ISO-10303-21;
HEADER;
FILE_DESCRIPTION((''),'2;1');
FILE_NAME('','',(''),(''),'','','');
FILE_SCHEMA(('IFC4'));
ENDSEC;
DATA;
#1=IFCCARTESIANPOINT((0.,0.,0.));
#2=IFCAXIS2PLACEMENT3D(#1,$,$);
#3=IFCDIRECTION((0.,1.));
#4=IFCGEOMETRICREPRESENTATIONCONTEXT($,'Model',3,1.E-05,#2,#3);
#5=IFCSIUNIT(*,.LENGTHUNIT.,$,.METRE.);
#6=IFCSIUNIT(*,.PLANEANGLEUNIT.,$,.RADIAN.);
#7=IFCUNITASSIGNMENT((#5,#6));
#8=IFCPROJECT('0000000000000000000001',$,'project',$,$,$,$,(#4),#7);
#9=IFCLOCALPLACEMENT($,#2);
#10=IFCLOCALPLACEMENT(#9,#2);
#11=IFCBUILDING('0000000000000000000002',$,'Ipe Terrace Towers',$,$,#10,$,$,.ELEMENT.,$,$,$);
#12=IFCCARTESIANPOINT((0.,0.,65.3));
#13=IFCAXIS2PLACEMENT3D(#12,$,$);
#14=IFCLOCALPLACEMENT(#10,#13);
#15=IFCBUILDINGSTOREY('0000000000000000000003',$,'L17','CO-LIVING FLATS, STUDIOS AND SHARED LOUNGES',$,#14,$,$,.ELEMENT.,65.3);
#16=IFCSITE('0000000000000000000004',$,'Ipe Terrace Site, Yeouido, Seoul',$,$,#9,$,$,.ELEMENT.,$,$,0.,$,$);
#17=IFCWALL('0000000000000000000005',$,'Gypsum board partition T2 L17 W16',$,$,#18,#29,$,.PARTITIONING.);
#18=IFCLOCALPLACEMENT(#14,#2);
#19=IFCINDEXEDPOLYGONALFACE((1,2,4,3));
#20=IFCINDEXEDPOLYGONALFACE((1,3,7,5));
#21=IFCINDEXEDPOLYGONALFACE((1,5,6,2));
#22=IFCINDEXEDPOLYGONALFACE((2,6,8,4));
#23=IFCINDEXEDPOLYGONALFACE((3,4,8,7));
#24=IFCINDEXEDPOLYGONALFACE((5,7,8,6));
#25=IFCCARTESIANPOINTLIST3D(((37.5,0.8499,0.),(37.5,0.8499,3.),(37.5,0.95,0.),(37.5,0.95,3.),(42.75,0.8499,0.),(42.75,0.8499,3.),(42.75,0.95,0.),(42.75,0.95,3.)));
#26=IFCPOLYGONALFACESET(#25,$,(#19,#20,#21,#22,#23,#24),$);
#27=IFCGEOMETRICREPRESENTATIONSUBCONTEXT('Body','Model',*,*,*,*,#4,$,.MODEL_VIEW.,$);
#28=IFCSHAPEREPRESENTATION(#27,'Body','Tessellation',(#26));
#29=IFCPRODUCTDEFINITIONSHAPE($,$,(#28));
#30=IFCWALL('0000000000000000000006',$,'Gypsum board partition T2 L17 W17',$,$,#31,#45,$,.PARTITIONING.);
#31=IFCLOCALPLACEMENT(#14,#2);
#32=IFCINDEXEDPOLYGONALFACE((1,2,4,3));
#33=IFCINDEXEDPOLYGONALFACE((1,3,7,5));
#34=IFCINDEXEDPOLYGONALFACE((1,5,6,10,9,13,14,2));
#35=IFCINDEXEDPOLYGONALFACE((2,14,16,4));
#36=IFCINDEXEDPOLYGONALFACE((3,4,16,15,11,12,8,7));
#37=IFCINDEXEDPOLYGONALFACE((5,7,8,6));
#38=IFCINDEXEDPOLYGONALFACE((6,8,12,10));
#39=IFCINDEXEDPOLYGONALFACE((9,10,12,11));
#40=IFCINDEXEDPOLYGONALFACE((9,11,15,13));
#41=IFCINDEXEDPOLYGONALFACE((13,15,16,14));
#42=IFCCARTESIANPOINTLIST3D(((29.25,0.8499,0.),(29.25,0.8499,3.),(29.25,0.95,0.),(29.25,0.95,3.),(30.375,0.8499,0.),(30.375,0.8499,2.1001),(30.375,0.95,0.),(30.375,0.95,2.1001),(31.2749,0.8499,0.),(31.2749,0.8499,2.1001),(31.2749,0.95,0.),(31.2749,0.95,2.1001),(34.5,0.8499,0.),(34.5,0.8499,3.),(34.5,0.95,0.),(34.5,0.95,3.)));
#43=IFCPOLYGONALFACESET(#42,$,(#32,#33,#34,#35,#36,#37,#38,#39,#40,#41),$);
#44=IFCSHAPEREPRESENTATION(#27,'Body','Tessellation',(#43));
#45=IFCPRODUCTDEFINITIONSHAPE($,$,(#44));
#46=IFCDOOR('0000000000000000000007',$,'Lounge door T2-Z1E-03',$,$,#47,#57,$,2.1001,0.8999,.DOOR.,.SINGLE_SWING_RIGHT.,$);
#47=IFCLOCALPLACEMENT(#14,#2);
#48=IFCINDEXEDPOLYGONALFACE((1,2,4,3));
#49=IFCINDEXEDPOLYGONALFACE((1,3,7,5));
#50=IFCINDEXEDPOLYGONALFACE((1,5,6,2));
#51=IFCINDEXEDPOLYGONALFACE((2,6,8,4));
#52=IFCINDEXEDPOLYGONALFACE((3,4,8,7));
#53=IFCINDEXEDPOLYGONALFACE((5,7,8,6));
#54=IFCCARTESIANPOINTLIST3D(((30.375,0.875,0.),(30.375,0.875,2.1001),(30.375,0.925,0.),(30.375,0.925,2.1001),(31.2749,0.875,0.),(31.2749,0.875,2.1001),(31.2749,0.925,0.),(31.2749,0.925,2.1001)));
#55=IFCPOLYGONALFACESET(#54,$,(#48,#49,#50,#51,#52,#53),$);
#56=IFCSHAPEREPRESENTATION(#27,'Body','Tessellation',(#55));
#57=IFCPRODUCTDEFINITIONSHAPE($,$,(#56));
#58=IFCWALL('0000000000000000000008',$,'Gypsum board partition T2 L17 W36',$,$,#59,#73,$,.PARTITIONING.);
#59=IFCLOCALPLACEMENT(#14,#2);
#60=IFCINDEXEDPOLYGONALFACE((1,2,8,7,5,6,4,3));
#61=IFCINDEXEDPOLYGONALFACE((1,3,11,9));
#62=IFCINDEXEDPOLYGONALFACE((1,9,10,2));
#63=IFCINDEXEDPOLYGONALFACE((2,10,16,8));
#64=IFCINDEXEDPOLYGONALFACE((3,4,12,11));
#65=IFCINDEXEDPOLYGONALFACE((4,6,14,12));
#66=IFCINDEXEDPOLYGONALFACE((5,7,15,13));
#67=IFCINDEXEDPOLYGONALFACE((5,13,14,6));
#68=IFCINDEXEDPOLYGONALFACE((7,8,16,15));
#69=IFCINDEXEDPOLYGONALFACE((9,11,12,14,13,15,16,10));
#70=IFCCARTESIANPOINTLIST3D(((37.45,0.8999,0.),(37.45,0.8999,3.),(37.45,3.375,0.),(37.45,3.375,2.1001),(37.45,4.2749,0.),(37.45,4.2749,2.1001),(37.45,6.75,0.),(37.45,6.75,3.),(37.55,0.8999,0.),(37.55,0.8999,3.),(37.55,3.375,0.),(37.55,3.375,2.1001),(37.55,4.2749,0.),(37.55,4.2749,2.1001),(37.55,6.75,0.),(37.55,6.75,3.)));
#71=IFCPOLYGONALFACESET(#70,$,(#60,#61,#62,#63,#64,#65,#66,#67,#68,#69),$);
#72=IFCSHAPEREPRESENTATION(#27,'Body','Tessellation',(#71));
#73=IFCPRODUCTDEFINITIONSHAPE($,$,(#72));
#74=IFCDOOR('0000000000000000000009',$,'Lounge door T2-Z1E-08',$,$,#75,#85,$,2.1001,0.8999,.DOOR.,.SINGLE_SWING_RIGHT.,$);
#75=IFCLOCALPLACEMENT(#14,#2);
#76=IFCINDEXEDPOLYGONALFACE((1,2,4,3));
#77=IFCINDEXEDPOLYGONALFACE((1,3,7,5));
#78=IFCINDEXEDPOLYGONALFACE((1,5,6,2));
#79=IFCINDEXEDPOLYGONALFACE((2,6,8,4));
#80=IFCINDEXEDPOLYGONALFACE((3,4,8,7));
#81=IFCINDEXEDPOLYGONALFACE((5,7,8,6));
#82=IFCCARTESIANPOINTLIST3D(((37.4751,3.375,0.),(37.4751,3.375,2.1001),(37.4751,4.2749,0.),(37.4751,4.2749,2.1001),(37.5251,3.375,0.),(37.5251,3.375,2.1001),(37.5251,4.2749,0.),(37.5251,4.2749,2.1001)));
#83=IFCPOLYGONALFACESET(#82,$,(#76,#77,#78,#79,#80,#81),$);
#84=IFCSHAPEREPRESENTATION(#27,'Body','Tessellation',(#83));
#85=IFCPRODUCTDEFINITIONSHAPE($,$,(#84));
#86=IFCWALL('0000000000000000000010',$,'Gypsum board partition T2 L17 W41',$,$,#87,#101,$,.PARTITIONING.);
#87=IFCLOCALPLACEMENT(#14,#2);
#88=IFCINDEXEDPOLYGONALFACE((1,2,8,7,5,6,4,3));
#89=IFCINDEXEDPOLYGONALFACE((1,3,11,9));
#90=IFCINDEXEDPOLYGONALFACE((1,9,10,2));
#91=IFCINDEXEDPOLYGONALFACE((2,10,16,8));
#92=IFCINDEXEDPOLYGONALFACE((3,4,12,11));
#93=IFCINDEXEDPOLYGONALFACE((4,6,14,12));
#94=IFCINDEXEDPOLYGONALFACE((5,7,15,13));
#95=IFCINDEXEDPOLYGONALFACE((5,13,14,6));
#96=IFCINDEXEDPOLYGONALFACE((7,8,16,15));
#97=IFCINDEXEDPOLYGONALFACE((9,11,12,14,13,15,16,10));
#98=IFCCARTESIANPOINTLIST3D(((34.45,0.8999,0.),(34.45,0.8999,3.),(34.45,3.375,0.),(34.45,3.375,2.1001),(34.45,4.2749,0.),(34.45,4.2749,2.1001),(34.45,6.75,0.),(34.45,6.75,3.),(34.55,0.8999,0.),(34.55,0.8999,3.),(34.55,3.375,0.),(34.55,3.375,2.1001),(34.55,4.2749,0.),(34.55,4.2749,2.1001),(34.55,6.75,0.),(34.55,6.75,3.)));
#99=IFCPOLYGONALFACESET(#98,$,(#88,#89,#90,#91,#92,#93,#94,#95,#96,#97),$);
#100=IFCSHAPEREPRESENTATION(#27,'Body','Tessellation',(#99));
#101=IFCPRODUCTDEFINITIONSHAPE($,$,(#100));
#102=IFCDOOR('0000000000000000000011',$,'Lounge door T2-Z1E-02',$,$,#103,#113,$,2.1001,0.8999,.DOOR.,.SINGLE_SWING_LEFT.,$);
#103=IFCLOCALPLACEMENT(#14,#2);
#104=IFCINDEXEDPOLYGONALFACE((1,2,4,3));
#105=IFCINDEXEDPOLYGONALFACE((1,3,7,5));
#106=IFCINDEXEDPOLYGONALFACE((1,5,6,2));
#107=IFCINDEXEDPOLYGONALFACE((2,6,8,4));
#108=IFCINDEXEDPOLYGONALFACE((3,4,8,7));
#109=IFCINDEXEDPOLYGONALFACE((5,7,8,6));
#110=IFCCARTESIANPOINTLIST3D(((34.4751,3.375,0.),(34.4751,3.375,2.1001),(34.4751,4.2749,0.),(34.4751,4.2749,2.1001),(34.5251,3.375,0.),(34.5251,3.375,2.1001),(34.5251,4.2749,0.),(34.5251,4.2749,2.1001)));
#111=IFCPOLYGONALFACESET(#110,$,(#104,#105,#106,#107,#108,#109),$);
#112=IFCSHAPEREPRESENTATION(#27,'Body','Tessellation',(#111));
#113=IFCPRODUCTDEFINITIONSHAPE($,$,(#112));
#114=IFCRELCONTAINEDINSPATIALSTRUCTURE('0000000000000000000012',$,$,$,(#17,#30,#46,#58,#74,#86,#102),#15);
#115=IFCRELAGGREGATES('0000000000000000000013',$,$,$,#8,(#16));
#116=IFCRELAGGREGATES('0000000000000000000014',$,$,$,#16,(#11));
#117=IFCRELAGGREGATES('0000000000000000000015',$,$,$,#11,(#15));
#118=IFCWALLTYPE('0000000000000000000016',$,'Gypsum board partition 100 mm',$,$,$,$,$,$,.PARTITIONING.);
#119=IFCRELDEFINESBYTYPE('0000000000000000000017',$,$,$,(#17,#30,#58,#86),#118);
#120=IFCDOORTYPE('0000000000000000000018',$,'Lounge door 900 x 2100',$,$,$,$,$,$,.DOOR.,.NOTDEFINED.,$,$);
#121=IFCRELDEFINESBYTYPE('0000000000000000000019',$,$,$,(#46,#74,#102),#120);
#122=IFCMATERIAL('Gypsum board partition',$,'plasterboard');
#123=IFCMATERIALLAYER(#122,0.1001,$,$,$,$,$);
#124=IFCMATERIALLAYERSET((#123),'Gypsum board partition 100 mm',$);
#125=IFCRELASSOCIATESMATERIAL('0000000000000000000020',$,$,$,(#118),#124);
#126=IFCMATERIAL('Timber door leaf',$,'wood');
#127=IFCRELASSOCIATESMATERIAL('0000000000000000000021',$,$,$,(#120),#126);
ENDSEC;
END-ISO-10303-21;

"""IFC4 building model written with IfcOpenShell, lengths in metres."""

from ifc_helpers import new_model, si_unit, direction, frame, frame_2d, origin, place, context, subcontext, project, spatial, rectangle, extrude, material, layer, layer_set, type_object, element, fill, save


model = new_model("IFC4")

# Units and contexts
model_context = context("Model", 3, precision=1e-05, world=origin(), true_north=direction((0.0, 1.0)))
body_context = subcontext(model_context, "Body", "Model", "MODEL_VIEW")
ifc_project = project(units=[si_unit("LENGTHUNIT", "METRE"), si_unit("PLANEANGLEUNIT", "RADIAN")], contexts=[model_context])

# Site, building, storey
site_placement = place(None, origin())
site = spatial("IfcSite", under=ifc_project, at=site_placement, Name="Ipe Terrace Site, Yeouido, Seoul", CompositionType="ELEMENT", RefElevation=0.0)
building_placement = place(site_placement, origin())
building = spatial("IfcBuilding", under=site, at=building_placement, Name="Ipe Terrace Towers", CompositionType="ELEMENT")
storey_placement = place(building_placement, frame((0.0, 0.0, 65.3)))
storey = spatial("IfcBuildingStorey", under=building, at=storey_placement, Name="L17", Description="CO-LIVING FLATS, STUDIOS AND SHARED LOUNGES", CompositionType="ELEMENT", Elevation=65.3)

# Shared definitions
ifc_material_1 = material(Name="Gypsum board partition", Category="plasterboard")
ifc_layer = layer(ifc_material_1, 0.1001)
ifc_layer_set = layer_set([ifc_layer], Name="Gypsum board partition 100 mm")
wall_type = type_object("IfcWallType", Name="Gypsum board partition 100 mm", PredefinedType="PARTITIONING", material=ifc_layer_set)

# Shared definitions
ifc_material_2 = material(Name="Timber door leaf", Category="wood")
door_type_1 = type_object("IfcDoorType", Name="Lounge door 900 x 2100", OperationType="NOTDEFINED", PredefinedType="DOOR", material=ifc_material_2)

# Wall
wall_1_placement = place(storey_placement, frame((42.75, 0.8999, 0.0), z_axis=(0.0, 0.0, 1.0), x_axis=(-1.0, 0.0, 0.0)))
element("IfcWall", 1, at=wall_1_placement, inside=storey, type_object=wall_type, Name="Gypsum board partition T2 L17 W16", PredefinedType="PARTITIONING", context=body_context, shape_type="SweptSolid", body=[
    extrude(rectangle(XDim=5.25, YDim=0.1001, at=frame_2d((2.625, 0.0))), origin(), (0.0, 0.0, 1.0), 3.0),
])

# Walls, openings, doors
wall_2_placement = place(storey_placement, frame((34.5, 0.8999, 0.0), z_axis=(0.0, 0.0, 1.0), x_axis=(-1.0, 0.0, 0.0)))
wall_2 = element("IfcWall", 2, at=wall_2_placement, inside=storey, type_object=wall_type, Name="Gypsum board partition T2 L17 W17", PredefinedType="PARTITIONING", context=body_context, shape_type="SweptSolid", body=[
    extrude(rectangle(XDim=5.25, YDim=0.1001, at=frame_2d((2.625, 0.0))), origin(), (0.0, 0.0, 1.0), 3.0),
])
opening_1_placement = place(wall_2_placement, frame((3.2251, 0.0, 0.0)))
opening_1 = element("IfcOpeningElement", 3, at=opening_1_placement, cuts=wall_2, PredefinedType="OPENING", context=body_context, shape_type="SweptSolid", body=[
    extrude(rectangle(XDim=0.8999, YDim=2.1001, at=frame_2d((0.45, 1.05))), frame((0.0, 0.0601, 0.0), z_axis=(0.0, -1.0, 0.0), x_axis=(1.0, 0.0, 0.0)), (0.0, 0.0, 1.0), 0.1201),
])
door_1_placement = place(opening_1_placement, origin())
door_1 = element("IfcDoor", 4, at=door_1_placement, inside=storey, type_object=door_type_1, Name="Lounge door T2-Z1E-03", OperationType="SINGLE_SWING_RIGHT", OverallHeight=2.1001, OverallWidth=0.8999, PredefinedType="DOOR", context=body_context, shape_type="SweptSolid", body=[
    extrude(rectangle(XDim=0.8999, YDim=2.1001, at=frame_2d((0.45, 1.05))), frame((0.0, 0.0249, 0.0), z_axis=(0.0, -1.0, 0.0), x_axis=(1.0, 0.0, 0.0)), (0.0, 0.0, 1.0), 0.05),
])
fill(opening_1, door_1)
wall_3_placement = place(storey_placement, frame((37.5, 0.8999, 0.0), z_axis=(0.0, 0.0, 1.0), x_axis=(0.0, 1.0, 0.0)))
wall_3 = element("IfcWall", 5, at=wall_3_placement, inside=storey, type_object=wall_type, Name="Gypsum board partition T2 L17 W36", PredefinedType="PARTITIONING", context=body_context, shape_type="SweptSolid", body=[
    extrude(rectangle(XDim=5.8501, YDim=0.1001, at=frame_2d((2.925, 0.0))), origin(), (0.0, 0.0, 1.0), 3.0),
])
opening_2_placement = place(wall_3_placement, frame((2.4751, 0.0, 0.0)))
opening_2 = element("IfcOpeningElement", 6, at=opening_2_placement, cuts=wall_3, PredefinedType="OPENING", context=body_context, shape_type="SweptSolid", body=[
    extrude(rectangle(XDim=0.8999, YDim=2.1001, at=frame_2d((0.45, 1.05))), frame((0.0, 0.0601, 0.0), z_axis=(0.0, -1.0, 0.0), x_axis=(1.0, 0.0, 0.0)), (0.0, 0.0, 1.0), 0.1201),
])
door_2_placement = place(opening_2_placement, origin())
door_2 = element("IfcDoor", 7, at=door_2_placement, inside=storey, type_object=door_type_1, Name="Lounge door T2-Z1E-08", OperationType="SINGLE_SWING_RIGHT", OverallHeight=2.1001, OverallWidth=0.8999, PredefinedType="DOOR", context=body_context, shape_type="SweptSolid", body=[
    extrude(rectangle(XDim=0.8999, YDim=2.1001, at=frame_2d((0.45, 1.05))), frame((0.0, 0.0249, 0.0), z_axis=(0.0, -1.0, 0.0), x_axis=(1.0, 0.0, 0.0)), (0.0, 0.0, 1.0), 0.05),
])
fill(opening_2, door_2)
wall_4_placement = place(storey_placement, frame((34.5, 0.8999, 0.0), z_axis=(0.0, 0.0, 1.0), x_axis=(0.0, 1.0, 0.0)))
wall_4 = element("IfcWall", 8, at=wall_4_placement, inside=storey, type_object=wall_type, Name="Gypsum board partition T2 L17 W41", PredefinedType="PARTITIONING", context=body_context, shape_type="SweptSolid", body=[
    extrude(rectangle(XDim=5.8501, YDim=0.1001, at=frame_2d((2.925, 0.0))), origin(), (0.0, 0.0, 1.0), 3.0),
])
opening_3_placement = place(wall_4_placement, frame((2.4751, 0.0, 0.0)))
opening_3 = element("IfcOpeningElement", 9, at=opening_3_placement, cuts=wall_4, PredefinedType="OPENING", context=body_context, shape_type="SweptSolid", body=[
    extrude(rectangle(XDim=0.8999, YDim=2.1001, at=frame_2d((0.45, 1.05))), frame((0.0, 0.0601, 0.0), z_axis=(0.0, -1.0, 0.0), x_axis=(1.0, 0.0, 0.0)), (0.0, 0.0, 1.0), 0.1201),
])
door_3_placement = place(opening_3_placement, origin())
door_3 = element("IfcDoor", 10, at=door_3_placement, inside=storey, type_object=door_type_1, Name="Lounge door T2-Z1E-02", OperationType="SINGLE_SWING_LEFT", OverallHeight=2.1001, OverallWidth=0.8999, PredefinedType="DOOR", context=body_context, shape_type="SweptSolid", body=[
    extrude(rectangle(XDim=0.8999, YDim=2.1001, at=frame_2d((0.45, 1.05))), frame((0.0, 0.0249, 0.0), z_axis=(0.0, -1.0, 0.0), x_axis=(1.0, 0.0, 0.0)), (0.0, 0.0, 1.0), 0.05),
])
fill(opening_3, door_3)

save(model, "model.ifc")
